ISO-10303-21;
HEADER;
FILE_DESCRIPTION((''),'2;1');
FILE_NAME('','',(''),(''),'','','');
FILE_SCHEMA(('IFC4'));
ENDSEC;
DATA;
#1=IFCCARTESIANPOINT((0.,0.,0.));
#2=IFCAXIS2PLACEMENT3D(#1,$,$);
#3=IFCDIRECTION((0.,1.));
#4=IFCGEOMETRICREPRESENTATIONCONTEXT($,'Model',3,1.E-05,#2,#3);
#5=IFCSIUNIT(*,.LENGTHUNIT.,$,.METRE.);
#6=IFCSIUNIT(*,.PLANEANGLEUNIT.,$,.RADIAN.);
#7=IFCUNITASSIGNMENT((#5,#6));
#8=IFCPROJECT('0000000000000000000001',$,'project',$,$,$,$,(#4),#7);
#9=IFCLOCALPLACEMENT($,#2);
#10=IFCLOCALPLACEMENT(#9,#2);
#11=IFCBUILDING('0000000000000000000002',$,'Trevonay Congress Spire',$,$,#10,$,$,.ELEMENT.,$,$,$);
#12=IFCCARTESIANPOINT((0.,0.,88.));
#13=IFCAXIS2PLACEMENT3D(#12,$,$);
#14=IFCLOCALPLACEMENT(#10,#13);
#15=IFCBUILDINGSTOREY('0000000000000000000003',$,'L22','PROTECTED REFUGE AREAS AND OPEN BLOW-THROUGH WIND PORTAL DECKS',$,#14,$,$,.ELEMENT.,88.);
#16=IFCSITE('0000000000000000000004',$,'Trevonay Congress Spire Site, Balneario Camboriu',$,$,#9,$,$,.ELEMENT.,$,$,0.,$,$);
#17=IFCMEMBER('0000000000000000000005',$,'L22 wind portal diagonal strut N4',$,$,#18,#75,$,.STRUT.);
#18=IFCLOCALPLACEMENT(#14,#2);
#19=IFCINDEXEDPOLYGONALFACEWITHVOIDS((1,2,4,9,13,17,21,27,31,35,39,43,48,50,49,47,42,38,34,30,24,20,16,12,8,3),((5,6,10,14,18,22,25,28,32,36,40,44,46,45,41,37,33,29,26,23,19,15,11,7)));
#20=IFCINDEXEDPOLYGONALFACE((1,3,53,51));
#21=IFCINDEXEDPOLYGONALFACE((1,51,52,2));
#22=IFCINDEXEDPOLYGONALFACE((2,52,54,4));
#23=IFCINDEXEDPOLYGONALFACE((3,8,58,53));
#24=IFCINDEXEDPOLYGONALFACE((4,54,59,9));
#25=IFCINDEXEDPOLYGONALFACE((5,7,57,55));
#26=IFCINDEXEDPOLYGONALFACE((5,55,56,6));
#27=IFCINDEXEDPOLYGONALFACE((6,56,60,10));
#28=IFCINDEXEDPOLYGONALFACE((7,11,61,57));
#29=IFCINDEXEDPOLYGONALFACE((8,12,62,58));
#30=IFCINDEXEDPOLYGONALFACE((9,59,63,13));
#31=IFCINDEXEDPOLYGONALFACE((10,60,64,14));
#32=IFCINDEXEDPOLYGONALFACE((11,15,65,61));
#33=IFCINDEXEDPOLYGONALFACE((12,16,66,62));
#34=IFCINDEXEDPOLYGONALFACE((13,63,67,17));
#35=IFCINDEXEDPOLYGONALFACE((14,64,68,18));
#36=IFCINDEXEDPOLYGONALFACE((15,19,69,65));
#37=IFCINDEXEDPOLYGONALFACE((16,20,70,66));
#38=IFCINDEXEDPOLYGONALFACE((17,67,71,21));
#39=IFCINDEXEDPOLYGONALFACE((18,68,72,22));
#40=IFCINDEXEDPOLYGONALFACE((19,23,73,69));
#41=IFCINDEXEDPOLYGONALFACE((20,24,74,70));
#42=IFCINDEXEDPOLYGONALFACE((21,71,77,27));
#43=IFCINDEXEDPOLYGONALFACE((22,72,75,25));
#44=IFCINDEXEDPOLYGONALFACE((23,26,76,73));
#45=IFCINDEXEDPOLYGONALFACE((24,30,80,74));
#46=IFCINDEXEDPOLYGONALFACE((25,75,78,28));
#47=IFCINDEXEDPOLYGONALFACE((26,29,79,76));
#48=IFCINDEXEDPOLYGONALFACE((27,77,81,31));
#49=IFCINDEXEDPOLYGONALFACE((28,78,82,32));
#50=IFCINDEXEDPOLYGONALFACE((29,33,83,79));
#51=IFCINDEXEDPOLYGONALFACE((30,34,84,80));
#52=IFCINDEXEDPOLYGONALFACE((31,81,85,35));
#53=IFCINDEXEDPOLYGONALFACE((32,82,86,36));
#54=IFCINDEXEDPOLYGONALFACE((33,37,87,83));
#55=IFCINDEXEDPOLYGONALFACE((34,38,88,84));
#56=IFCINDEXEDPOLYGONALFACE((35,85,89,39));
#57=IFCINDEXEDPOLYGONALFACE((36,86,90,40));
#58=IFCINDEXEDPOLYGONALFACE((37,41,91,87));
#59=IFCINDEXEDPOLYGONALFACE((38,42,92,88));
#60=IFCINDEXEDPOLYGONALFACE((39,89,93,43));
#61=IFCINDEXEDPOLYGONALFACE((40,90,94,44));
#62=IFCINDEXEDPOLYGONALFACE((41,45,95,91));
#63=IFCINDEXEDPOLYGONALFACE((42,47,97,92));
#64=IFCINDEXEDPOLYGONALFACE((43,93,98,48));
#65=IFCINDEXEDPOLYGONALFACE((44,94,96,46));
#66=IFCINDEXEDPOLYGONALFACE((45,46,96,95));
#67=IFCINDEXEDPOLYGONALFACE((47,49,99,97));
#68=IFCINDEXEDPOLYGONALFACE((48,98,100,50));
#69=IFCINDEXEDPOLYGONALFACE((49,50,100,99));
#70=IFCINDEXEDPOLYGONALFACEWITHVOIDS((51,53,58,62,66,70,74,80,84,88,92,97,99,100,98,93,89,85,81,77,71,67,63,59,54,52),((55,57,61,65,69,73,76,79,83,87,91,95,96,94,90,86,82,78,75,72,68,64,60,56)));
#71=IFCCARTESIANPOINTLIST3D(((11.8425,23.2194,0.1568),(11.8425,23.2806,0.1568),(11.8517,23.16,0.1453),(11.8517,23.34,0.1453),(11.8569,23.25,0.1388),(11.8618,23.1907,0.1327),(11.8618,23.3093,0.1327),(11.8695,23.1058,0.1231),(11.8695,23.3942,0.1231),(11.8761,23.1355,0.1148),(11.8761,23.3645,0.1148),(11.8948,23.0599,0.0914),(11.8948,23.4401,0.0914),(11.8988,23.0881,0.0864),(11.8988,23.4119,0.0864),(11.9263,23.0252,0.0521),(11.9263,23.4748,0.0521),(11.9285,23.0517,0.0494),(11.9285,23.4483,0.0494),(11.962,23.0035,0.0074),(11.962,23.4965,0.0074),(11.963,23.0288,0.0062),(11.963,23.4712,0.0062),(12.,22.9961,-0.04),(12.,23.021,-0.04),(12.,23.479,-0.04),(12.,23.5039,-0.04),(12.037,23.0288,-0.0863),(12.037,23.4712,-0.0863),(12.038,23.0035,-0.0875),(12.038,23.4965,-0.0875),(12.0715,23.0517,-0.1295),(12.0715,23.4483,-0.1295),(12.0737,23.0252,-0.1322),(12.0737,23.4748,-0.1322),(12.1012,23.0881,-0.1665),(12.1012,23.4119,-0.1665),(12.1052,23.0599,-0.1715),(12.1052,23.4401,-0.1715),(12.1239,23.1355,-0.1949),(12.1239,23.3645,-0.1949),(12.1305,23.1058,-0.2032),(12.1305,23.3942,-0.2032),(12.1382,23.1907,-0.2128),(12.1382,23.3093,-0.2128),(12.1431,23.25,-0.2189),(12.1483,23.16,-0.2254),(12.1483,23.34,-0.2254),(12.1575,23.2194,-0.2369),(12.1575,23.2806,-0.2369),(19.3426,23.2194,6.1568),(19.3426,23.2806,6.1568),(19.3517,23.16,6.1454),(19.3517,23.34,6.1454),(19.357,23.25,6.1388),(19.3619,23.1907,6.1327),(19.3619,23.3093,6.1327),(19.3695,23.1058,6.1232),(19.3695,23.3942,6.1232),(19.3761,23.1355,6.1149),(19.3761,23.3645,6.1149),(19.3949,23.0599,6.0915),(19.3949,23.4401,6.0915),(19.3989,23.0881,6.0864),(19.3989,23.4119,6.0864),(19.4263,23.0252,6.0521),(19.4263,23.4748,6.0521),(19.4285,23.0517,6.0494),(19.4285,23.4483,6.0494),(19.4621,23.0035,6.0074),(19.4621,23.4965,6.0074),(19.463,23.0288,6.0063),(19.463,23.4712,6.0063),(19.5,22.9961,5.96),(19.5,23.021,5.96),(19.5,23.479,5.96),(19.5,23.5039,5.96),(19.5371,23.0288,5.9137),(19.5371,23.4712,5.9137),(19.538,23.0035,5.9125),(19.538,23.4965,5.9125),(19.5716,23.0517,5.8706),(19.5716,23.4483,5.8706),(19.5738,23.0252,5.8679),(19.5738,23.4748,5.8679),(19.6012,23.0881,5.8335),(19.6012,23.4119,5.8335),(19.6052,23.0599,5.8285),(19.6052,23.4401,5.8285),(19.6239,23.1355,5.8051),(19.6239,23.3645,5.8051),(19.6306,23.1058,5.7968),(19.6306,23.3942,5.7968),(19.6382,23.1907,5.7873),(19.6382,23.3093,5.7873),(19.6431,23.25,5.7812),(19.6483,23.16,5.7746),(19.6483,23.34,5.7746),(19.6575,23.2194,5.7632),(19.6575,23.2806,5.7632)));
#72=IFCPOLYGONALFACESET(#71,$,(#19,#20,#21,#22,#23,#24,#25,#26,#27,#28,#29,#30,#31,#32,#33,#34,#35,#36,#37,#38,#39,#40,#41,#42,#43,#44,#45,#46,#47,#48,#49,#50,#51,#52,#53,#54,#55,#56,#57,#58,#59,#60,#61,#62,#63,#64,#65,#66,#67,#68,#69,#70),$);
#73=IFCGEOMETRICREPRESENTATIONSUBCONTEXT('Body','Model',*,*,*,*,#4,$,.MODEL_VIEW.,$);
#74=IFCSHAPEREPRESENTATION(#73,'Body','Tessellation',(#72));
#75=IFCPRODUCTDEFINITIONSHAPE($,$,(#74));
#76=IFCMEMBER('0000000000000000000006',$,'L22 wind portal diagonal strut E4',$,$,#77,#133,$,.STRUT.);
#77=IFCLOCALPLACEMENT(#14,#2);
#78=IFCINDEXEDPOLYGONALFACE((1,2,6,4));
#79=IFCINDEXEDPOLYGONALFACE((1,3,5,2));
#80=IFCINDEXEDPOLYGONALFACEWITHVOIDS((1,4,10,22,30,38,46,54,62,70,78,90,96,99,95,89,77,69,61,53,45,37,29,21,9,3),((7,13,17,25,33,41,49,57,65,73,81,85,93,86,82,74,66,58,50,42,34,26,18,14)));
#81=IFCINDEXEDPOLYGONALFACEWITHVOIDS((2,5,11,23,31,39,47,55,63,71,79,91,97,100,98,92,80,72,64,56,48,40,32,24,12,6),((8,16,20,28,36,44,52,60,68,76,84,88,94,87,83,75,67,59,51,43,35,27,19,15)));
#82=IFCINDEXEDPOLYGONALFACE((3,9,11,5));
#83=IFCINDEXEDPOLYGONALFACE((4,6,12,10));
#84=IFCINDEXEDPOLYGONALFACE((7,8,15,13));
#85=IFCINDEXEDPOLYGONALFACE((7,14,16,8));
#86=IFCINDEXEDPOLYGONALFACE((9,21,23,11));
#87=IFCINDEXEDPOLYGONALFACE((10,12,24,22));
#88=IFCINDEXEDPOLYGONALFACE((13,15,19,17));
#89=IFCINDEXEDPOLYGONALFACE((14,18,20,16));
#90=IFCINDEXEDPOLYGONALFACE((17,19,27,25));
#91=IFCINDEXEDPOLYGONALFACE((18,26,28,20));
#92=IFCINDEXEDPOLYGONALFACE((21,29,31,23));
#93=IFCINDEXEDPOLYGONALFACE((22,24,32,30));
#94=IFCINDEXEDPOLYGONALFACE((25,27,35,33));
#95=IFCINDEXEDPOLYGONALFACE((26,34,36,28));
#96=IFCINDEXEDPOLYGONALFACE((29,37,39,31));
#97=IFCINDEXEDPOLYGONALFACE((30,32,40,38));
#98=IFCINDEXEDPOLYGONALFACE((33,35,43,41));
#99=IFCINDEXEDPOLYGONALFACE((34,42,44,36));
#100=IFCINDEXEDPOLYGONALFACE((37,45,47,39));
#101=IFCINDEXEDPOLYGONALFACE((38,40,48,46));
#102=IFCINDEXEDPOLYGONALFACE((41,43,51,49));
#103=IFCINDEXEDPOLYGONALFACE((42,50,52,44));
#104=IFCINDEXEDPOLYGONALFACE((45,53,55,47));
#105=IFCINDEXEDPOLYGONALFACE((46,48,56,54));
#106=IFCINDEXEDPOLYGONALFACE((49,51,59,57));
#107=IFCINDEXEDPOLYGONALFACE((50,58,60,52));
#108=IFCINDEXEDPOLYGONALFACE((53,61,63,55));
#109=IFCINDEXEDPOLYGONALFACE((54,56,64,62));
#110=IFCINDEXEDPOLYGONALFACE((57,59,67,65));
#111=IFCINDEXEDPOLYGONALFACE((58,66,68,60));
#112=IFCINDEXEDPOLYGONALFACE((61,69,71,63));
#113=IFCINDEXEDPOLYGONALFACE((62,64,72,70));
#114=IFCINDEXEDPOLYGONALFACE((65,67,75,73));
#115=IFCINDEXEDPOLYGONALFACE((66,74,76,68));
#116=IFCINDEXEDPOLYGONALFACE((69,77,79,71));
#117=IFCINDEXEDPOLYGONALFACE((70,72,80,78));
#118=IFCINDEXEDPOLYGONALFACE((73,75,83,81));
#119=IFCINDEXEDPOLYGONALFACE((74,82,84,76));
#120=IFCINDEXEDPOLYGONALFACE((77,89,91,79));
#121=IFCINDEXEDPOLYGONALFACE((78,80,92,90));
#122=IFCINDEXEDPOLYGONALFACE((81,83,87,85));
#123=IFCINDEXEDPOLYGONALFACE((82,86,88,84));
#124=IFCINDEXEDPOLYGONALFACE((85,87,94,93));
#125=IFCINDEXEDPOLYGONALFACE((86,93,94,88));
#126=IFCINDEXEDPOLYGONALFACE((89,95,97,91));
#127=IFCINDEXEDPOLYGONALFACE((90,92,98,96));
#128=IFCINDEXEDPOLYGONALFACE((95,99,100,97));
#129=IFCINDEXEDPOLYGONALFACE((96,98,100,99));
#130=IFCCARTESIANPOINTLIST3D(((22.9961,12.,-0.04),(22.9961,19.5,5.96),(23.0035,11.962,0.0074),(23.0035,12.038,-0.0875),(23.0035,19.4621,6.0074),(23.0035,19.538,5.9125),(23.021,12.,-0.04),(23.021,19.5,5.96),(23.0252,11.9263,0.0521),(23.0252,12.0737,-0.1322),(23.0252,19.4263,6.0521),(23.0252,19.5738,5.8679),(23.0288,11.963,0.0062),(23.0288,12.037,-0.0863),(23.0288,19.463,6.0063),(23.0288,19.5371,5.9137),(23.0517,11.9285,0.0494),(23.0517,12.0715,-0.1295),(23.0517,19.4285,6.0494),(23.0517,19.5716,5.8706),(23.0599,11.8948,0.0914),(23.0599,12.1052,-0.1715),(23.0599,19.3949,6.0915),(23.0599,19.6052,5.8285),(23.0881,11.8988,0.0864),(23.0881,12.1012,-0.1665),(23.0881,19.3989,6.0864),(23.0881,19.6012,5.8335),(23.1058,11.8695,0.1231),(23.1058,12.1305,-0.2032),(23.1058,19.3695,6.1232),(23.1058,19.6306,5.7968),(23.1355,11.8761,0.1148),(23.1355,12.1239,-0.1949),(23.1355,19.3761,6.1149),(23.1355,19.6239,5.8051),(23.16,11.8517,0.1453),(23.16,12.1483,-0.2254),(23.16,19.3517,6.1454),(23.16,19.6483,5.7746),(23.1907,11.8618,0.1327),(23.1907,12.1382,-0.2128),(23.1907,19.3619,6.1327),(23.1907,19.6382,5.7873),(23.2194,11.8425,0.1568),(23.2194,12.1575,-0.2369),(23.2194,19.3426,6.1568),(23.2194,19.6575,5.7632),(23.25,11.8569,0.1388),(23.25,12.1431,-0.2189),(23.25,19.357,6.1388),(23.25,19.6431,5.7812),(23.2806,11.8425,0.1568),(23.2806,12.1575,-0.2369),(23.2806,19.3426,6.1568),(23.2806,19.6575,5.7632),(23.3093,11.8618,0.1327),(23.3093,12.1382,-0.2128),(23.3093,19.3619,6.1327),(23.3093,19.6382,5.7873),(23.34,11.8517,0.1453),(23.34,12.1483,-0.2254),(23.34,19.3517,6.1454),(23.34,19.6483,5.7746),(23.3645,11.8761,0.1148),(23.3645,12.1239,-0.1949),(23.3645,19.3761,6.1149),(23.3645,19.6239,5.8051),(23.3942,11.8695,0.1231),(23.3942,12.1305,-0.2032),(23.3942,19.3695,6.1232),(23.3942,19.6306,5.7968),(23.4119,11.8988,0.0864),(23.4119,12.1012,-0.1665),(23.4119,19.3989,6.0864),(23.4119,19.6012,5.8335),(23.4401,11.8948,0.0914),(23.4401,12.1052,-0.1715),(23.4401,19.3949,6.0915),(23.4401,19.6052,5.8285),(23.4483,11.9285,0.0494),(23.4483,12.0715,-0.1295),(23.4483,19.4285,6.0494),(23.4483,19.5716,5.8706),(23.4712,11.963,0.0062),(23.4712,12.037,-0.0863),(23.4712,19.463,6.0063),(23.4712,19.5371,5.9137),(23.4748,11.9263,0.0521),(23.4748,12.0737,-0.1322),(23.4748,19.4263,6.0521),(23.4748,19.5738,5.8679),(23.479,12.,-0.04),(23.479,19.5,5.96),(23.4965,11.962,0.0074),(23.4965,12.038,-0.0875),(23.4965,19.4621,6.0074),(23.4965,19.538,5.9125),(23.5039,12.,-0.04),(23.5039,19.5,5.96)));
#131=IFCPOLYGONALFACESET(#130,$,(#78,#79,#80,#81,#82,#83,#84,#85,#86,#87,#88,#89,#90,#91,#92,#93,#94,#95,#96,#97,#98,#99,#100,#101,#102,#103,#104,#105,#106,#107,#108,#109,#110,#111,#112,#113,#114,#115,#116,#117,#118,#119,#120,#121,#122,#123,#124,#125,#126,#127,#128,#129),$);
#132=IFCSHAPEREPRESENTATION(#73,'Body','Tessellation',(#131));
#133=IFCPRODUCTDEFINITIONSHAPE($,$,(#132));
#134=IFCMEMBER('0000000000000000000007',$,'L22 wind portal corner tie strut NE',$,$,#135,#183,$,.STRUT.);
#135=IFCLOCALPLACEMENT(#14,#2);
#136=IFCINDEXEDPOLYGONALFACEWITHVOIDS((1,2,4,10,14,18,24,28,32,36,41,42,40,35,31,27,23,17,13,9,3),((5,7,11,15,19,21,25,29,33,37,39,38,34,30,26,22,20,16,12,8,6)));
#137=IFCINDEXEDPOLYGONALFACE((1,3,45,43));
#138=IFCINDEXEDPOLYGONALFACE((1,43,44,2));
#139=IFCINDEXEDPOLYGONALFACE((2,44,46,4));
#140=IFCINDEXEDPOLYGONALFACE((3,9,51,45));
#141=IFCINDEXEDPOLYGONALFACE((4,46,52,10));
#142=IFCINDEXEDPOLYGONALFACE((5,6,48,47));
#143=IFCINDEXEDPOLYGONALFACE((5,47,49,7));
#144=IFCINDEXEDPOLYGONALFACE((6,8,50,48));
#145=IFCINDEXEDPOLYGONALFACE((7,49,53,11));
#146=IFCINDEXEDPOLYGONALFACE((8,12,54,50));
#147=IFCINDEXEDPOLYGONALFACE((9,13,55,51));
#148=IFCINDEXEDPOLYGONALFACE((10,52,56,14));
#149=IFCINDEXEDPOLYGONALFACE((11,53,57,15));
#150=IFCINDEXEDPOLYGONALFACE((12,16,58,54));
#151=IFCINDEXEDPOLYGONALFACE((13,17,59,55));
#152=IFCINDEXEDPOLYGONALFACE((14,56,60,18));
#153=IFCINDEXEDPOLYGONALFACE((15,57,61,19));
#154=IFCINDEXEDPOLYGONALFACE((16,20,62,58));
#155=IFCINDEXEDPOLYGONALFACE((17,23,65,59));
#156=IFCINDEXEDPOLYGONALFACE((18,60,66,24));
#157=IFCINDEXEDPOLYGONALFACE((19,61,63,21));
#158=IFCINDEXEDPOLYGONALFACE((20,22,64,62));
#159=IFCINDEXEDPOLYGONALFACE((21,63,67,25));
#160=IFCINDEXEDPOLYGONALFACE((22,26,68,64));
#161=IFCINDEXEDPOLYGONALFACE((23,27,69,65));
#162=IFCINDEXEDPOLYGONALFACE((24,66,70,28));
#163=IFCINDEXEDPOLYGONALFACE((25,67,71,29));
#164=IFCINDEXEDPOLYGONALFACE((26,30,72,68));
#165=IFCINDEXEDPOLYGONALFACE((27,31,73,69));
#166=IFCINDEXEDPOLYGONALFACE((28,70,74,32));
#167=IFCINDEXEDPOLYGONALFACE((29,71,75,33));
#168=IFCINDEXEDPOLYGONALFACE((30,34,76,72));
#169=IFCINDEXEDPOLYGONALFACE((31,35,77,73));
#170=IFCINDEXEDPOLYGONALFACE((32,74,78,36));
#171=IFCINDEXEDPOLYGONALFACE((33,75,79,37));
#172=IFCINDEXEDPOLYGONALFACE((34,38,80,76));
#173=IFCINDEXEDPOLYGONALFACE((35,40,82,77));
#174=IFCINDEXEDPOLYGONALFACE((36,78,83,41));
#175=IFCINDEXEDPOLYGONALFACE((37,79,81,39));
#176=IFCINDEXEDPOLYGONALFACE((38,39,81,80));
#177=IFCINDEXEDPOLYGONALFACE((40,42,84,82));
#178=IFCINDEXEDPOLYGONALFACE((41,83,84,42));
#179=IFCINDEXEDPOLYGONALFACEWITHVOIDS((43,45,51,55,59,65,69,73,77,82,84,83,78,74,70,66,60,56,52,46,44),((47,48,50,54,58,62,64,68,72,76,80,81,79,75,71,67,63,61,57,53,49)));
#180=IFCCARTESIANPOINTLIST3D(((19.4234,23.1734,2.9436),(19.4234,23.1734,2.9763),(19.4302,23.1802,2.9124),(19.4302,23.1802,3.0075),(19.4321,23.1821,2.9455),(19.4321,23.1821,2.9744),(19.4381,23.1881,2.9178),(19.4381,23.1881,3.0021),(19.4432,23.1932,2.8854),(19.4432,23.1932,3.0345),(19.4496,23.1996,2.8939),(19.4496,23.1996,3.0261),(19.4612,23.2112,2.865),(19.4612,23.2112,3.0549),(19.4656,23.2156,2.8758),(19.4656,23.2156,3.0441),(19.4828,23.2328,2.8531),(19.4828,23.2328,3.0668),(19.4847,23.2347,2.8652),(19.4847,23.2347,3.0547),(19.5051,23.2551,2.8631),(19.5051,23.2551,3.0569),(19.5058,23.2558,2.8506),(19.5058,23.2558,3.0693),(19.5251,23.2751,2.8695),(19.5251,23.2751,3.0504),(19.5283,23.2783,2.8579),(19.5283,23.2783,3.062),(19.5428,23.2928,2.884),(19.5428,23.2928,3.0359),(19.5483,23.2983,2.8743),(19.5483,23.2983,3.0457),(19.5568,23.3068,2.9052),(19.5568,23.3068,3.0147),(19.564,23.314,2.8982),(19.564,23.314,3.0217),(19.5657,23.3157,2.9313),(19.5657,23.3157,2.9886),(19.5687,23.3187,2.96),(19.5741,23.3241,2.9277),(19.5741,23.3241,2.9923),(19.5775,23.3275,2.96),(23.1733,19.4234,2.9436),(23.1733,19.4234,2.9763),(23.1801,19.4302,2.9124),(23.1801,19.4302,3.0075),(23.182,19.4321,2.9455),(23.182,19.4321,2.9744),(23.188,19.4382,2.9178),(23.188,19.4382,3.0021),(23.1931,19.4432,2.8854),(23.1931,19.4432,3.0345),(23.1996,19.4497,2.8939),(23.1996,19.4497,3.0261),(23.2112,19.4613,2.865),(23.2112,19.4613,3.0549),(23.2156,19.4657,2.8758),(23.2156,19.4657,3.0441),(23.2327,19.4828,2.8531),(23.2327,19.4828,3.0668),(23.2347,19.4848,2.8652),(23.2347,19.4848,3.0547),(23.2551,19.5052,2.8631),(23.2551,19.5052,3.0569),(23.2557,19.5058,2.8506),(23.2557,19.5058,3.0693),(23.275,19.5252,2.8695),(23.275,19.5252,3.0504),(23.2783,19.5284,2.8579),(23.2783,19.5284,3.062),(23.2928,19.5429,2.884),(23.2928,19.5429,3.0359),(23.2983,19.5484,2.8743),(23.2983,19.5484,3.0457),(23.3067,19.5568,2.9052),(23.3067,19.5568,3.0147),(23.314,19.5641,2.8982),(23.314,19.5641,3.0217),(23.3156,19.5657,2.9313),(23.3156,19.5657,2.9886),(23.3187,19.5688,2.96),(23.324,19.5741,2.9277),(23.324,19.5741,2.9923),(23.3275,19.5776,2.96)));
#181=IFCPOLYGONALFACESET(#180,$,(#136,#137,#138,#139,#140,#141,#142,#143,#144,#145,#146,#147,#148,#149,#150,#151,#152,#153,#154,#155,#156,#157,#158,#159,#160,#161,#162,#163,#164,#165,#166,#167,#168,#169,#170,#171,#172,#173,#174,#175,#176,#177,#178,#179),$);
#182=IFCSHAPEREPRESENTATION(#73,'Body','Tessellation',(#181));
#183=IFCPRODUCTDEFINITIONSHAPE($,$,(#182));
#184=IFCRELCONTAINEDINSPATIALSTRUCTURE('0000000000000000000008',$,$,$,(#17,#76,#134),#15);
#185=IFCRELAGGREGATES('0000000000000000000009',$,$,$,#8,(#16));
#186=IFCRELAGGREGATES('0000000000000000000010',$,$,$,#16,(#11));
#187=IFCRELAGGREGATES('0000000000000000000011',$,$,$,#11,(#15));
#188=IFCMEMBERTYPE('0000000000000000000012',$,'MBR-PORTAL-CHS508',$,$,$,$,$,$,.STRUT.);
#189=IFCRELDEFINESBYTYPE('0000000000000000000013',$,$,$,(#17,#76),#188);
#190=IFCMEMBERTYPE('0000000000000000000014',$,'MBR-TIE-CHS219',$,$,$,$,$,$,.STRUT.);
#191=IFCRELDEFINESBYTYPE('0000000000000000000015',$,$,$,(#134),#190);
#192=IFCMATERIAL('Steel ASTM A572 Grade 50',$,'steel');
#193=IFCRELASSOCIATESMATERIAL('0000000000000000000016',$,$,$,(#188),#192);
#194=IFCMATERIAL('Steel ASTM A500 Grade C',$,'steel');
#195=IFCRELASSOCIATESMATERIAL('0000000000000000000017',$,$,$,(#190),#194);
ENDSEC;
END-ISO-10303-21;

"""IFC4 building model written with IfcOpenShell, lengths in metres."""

from ifc_helpers import new_model, si_unit, direction, frame, origin, origin_2d, place, context, subcontext, project, spatial, hollow_circle, extrude, material, material_profile, profile_set, type_object, element, save


model = new_model("IFC4")

# Units and contexts
model_context = context("Model", 3, precision=1e-05, world=origin(), true_north=direction((0.0, 1.0)))
body_context = subcontext(model_context, "Body", "Model", "MODEL_VIEW")
ifc_project = project(units=[si_unit("LENGTHUNIT", "METRE"), si_unit("PLANEANGLEUNIT", "RADIAN")], contexts=[model_context])

# Site, building, storey
site_placement = place(None, origin())
site = spatial("IfcSite", under=ifc_project, at=site_placement, Name="Trevonay Congress Spire Site, Balneario Camboriu", CompositionType="ELEMENT", RefElevation=0.0)
building_placement = place(site_placement, origin())
building = spatial("IfcBuilding", under=site, at=building_placement, Name="Trevonay Congress Spire", CompositionType="ELEMENT")
storey_placement = place(building_placement, frame((0.0, 0.0, 88.0)))
storey = spatial("IfcBuildingStorey", under=building, at=storey_placement, Name="L22", Description="PROTECTED REFUGE AREAS AND OPEN BLOW-THROUGH WIND PORTAL DECKS", CompositionType="ELEMENT", Elevation=88.0)

# Shared definitions
ifc_material_1 = material(Name="Steel ASTM A572 Grade 50", Category="steel")

# Members
ifc_material_profile_1 = material_profile(ifc_material_1, hollow_circle(Radius=0.2539, WallThickness=0.0249, at=origin_2d()), Name="CHS 508x25")
ifc_profile_set_1 = profile_set([ifc_material_profile_1], Name="Steel ASTM A572 Grade 50")
member_type_1 = type_object("IfcMemberType", Name="MBR-PORTAL-CHS508", PredefinedType="STRUT", material=ifc_profile_set_1)
for number, where, z_axis, x_axis, name in (
    (1, (12.0, 23.25, -0.04), (0.780869, 0.0, 0.624695), (0.0, 1.0, 0.0), "L22 wind portal diagonal strut N4"),
    (2, (23.25, 12.0, -0.04), (0.0, 0.780869, 0.624695), (-1.0, 0.0, 0.0), "L22 wind portal diagonal strut E4"),
):
    element("IfcMember", number, at=place(storey_placement, frame(where, z_axis=z_axis, x_axis=x_axis)), inside=storey, type_object=member_type_1, Name=name, PredefinedType="STRUT", context=body_context, shape_type="SweptSolid", body=[
        extrude(hollow_circle(Radius=0.2539, WallThickness=0.0249, at=origin_2d()), origin(), (0.0, 0.0, 1.0), 9.6047),
    ])
ifc_material_2 = material(Name="Steel ASTM A500 Grade C", Category="steel")
ifc_material_profile_2 = material_profile(ifc_material_2, hollow_circle(Radius=0.1096, WallThickness=0.0125, at=origin_2d()), Name="CHS 219.1x12.5")
ifc_profile_set_2 = profile_set([ifc_material_profile_2], Name="Steel ASTM A500 Grade C")
member_type_2 = type_object("IfcMemberType", Name="MBR-TIE-CHS219", PredefinedType="STRUT", material=ifc_profile_set_2)
member_placement = place(storey_placement, frame((19.5, 23.25, 2.96), z_axis=(0.707107, -0.707107, 0.0), x_axis=(0.707107, 0.707107, 0.0)))
element("IfcMember", 3, at=member_placement, inside=storey, type_object=member_type_2, Name="L22 wind portal corner tie strut NE", PredefinedType="STRUT", context=body_context, shape_type="SweptSolid", body=[
    extrude(hollow_circle(Radius=0.1096, WallThickness=0.0125, at=origin_2d()), origin(), (0.0, 0.0, 1.0), 5.3032),
])

save(model, "model.ifc")
